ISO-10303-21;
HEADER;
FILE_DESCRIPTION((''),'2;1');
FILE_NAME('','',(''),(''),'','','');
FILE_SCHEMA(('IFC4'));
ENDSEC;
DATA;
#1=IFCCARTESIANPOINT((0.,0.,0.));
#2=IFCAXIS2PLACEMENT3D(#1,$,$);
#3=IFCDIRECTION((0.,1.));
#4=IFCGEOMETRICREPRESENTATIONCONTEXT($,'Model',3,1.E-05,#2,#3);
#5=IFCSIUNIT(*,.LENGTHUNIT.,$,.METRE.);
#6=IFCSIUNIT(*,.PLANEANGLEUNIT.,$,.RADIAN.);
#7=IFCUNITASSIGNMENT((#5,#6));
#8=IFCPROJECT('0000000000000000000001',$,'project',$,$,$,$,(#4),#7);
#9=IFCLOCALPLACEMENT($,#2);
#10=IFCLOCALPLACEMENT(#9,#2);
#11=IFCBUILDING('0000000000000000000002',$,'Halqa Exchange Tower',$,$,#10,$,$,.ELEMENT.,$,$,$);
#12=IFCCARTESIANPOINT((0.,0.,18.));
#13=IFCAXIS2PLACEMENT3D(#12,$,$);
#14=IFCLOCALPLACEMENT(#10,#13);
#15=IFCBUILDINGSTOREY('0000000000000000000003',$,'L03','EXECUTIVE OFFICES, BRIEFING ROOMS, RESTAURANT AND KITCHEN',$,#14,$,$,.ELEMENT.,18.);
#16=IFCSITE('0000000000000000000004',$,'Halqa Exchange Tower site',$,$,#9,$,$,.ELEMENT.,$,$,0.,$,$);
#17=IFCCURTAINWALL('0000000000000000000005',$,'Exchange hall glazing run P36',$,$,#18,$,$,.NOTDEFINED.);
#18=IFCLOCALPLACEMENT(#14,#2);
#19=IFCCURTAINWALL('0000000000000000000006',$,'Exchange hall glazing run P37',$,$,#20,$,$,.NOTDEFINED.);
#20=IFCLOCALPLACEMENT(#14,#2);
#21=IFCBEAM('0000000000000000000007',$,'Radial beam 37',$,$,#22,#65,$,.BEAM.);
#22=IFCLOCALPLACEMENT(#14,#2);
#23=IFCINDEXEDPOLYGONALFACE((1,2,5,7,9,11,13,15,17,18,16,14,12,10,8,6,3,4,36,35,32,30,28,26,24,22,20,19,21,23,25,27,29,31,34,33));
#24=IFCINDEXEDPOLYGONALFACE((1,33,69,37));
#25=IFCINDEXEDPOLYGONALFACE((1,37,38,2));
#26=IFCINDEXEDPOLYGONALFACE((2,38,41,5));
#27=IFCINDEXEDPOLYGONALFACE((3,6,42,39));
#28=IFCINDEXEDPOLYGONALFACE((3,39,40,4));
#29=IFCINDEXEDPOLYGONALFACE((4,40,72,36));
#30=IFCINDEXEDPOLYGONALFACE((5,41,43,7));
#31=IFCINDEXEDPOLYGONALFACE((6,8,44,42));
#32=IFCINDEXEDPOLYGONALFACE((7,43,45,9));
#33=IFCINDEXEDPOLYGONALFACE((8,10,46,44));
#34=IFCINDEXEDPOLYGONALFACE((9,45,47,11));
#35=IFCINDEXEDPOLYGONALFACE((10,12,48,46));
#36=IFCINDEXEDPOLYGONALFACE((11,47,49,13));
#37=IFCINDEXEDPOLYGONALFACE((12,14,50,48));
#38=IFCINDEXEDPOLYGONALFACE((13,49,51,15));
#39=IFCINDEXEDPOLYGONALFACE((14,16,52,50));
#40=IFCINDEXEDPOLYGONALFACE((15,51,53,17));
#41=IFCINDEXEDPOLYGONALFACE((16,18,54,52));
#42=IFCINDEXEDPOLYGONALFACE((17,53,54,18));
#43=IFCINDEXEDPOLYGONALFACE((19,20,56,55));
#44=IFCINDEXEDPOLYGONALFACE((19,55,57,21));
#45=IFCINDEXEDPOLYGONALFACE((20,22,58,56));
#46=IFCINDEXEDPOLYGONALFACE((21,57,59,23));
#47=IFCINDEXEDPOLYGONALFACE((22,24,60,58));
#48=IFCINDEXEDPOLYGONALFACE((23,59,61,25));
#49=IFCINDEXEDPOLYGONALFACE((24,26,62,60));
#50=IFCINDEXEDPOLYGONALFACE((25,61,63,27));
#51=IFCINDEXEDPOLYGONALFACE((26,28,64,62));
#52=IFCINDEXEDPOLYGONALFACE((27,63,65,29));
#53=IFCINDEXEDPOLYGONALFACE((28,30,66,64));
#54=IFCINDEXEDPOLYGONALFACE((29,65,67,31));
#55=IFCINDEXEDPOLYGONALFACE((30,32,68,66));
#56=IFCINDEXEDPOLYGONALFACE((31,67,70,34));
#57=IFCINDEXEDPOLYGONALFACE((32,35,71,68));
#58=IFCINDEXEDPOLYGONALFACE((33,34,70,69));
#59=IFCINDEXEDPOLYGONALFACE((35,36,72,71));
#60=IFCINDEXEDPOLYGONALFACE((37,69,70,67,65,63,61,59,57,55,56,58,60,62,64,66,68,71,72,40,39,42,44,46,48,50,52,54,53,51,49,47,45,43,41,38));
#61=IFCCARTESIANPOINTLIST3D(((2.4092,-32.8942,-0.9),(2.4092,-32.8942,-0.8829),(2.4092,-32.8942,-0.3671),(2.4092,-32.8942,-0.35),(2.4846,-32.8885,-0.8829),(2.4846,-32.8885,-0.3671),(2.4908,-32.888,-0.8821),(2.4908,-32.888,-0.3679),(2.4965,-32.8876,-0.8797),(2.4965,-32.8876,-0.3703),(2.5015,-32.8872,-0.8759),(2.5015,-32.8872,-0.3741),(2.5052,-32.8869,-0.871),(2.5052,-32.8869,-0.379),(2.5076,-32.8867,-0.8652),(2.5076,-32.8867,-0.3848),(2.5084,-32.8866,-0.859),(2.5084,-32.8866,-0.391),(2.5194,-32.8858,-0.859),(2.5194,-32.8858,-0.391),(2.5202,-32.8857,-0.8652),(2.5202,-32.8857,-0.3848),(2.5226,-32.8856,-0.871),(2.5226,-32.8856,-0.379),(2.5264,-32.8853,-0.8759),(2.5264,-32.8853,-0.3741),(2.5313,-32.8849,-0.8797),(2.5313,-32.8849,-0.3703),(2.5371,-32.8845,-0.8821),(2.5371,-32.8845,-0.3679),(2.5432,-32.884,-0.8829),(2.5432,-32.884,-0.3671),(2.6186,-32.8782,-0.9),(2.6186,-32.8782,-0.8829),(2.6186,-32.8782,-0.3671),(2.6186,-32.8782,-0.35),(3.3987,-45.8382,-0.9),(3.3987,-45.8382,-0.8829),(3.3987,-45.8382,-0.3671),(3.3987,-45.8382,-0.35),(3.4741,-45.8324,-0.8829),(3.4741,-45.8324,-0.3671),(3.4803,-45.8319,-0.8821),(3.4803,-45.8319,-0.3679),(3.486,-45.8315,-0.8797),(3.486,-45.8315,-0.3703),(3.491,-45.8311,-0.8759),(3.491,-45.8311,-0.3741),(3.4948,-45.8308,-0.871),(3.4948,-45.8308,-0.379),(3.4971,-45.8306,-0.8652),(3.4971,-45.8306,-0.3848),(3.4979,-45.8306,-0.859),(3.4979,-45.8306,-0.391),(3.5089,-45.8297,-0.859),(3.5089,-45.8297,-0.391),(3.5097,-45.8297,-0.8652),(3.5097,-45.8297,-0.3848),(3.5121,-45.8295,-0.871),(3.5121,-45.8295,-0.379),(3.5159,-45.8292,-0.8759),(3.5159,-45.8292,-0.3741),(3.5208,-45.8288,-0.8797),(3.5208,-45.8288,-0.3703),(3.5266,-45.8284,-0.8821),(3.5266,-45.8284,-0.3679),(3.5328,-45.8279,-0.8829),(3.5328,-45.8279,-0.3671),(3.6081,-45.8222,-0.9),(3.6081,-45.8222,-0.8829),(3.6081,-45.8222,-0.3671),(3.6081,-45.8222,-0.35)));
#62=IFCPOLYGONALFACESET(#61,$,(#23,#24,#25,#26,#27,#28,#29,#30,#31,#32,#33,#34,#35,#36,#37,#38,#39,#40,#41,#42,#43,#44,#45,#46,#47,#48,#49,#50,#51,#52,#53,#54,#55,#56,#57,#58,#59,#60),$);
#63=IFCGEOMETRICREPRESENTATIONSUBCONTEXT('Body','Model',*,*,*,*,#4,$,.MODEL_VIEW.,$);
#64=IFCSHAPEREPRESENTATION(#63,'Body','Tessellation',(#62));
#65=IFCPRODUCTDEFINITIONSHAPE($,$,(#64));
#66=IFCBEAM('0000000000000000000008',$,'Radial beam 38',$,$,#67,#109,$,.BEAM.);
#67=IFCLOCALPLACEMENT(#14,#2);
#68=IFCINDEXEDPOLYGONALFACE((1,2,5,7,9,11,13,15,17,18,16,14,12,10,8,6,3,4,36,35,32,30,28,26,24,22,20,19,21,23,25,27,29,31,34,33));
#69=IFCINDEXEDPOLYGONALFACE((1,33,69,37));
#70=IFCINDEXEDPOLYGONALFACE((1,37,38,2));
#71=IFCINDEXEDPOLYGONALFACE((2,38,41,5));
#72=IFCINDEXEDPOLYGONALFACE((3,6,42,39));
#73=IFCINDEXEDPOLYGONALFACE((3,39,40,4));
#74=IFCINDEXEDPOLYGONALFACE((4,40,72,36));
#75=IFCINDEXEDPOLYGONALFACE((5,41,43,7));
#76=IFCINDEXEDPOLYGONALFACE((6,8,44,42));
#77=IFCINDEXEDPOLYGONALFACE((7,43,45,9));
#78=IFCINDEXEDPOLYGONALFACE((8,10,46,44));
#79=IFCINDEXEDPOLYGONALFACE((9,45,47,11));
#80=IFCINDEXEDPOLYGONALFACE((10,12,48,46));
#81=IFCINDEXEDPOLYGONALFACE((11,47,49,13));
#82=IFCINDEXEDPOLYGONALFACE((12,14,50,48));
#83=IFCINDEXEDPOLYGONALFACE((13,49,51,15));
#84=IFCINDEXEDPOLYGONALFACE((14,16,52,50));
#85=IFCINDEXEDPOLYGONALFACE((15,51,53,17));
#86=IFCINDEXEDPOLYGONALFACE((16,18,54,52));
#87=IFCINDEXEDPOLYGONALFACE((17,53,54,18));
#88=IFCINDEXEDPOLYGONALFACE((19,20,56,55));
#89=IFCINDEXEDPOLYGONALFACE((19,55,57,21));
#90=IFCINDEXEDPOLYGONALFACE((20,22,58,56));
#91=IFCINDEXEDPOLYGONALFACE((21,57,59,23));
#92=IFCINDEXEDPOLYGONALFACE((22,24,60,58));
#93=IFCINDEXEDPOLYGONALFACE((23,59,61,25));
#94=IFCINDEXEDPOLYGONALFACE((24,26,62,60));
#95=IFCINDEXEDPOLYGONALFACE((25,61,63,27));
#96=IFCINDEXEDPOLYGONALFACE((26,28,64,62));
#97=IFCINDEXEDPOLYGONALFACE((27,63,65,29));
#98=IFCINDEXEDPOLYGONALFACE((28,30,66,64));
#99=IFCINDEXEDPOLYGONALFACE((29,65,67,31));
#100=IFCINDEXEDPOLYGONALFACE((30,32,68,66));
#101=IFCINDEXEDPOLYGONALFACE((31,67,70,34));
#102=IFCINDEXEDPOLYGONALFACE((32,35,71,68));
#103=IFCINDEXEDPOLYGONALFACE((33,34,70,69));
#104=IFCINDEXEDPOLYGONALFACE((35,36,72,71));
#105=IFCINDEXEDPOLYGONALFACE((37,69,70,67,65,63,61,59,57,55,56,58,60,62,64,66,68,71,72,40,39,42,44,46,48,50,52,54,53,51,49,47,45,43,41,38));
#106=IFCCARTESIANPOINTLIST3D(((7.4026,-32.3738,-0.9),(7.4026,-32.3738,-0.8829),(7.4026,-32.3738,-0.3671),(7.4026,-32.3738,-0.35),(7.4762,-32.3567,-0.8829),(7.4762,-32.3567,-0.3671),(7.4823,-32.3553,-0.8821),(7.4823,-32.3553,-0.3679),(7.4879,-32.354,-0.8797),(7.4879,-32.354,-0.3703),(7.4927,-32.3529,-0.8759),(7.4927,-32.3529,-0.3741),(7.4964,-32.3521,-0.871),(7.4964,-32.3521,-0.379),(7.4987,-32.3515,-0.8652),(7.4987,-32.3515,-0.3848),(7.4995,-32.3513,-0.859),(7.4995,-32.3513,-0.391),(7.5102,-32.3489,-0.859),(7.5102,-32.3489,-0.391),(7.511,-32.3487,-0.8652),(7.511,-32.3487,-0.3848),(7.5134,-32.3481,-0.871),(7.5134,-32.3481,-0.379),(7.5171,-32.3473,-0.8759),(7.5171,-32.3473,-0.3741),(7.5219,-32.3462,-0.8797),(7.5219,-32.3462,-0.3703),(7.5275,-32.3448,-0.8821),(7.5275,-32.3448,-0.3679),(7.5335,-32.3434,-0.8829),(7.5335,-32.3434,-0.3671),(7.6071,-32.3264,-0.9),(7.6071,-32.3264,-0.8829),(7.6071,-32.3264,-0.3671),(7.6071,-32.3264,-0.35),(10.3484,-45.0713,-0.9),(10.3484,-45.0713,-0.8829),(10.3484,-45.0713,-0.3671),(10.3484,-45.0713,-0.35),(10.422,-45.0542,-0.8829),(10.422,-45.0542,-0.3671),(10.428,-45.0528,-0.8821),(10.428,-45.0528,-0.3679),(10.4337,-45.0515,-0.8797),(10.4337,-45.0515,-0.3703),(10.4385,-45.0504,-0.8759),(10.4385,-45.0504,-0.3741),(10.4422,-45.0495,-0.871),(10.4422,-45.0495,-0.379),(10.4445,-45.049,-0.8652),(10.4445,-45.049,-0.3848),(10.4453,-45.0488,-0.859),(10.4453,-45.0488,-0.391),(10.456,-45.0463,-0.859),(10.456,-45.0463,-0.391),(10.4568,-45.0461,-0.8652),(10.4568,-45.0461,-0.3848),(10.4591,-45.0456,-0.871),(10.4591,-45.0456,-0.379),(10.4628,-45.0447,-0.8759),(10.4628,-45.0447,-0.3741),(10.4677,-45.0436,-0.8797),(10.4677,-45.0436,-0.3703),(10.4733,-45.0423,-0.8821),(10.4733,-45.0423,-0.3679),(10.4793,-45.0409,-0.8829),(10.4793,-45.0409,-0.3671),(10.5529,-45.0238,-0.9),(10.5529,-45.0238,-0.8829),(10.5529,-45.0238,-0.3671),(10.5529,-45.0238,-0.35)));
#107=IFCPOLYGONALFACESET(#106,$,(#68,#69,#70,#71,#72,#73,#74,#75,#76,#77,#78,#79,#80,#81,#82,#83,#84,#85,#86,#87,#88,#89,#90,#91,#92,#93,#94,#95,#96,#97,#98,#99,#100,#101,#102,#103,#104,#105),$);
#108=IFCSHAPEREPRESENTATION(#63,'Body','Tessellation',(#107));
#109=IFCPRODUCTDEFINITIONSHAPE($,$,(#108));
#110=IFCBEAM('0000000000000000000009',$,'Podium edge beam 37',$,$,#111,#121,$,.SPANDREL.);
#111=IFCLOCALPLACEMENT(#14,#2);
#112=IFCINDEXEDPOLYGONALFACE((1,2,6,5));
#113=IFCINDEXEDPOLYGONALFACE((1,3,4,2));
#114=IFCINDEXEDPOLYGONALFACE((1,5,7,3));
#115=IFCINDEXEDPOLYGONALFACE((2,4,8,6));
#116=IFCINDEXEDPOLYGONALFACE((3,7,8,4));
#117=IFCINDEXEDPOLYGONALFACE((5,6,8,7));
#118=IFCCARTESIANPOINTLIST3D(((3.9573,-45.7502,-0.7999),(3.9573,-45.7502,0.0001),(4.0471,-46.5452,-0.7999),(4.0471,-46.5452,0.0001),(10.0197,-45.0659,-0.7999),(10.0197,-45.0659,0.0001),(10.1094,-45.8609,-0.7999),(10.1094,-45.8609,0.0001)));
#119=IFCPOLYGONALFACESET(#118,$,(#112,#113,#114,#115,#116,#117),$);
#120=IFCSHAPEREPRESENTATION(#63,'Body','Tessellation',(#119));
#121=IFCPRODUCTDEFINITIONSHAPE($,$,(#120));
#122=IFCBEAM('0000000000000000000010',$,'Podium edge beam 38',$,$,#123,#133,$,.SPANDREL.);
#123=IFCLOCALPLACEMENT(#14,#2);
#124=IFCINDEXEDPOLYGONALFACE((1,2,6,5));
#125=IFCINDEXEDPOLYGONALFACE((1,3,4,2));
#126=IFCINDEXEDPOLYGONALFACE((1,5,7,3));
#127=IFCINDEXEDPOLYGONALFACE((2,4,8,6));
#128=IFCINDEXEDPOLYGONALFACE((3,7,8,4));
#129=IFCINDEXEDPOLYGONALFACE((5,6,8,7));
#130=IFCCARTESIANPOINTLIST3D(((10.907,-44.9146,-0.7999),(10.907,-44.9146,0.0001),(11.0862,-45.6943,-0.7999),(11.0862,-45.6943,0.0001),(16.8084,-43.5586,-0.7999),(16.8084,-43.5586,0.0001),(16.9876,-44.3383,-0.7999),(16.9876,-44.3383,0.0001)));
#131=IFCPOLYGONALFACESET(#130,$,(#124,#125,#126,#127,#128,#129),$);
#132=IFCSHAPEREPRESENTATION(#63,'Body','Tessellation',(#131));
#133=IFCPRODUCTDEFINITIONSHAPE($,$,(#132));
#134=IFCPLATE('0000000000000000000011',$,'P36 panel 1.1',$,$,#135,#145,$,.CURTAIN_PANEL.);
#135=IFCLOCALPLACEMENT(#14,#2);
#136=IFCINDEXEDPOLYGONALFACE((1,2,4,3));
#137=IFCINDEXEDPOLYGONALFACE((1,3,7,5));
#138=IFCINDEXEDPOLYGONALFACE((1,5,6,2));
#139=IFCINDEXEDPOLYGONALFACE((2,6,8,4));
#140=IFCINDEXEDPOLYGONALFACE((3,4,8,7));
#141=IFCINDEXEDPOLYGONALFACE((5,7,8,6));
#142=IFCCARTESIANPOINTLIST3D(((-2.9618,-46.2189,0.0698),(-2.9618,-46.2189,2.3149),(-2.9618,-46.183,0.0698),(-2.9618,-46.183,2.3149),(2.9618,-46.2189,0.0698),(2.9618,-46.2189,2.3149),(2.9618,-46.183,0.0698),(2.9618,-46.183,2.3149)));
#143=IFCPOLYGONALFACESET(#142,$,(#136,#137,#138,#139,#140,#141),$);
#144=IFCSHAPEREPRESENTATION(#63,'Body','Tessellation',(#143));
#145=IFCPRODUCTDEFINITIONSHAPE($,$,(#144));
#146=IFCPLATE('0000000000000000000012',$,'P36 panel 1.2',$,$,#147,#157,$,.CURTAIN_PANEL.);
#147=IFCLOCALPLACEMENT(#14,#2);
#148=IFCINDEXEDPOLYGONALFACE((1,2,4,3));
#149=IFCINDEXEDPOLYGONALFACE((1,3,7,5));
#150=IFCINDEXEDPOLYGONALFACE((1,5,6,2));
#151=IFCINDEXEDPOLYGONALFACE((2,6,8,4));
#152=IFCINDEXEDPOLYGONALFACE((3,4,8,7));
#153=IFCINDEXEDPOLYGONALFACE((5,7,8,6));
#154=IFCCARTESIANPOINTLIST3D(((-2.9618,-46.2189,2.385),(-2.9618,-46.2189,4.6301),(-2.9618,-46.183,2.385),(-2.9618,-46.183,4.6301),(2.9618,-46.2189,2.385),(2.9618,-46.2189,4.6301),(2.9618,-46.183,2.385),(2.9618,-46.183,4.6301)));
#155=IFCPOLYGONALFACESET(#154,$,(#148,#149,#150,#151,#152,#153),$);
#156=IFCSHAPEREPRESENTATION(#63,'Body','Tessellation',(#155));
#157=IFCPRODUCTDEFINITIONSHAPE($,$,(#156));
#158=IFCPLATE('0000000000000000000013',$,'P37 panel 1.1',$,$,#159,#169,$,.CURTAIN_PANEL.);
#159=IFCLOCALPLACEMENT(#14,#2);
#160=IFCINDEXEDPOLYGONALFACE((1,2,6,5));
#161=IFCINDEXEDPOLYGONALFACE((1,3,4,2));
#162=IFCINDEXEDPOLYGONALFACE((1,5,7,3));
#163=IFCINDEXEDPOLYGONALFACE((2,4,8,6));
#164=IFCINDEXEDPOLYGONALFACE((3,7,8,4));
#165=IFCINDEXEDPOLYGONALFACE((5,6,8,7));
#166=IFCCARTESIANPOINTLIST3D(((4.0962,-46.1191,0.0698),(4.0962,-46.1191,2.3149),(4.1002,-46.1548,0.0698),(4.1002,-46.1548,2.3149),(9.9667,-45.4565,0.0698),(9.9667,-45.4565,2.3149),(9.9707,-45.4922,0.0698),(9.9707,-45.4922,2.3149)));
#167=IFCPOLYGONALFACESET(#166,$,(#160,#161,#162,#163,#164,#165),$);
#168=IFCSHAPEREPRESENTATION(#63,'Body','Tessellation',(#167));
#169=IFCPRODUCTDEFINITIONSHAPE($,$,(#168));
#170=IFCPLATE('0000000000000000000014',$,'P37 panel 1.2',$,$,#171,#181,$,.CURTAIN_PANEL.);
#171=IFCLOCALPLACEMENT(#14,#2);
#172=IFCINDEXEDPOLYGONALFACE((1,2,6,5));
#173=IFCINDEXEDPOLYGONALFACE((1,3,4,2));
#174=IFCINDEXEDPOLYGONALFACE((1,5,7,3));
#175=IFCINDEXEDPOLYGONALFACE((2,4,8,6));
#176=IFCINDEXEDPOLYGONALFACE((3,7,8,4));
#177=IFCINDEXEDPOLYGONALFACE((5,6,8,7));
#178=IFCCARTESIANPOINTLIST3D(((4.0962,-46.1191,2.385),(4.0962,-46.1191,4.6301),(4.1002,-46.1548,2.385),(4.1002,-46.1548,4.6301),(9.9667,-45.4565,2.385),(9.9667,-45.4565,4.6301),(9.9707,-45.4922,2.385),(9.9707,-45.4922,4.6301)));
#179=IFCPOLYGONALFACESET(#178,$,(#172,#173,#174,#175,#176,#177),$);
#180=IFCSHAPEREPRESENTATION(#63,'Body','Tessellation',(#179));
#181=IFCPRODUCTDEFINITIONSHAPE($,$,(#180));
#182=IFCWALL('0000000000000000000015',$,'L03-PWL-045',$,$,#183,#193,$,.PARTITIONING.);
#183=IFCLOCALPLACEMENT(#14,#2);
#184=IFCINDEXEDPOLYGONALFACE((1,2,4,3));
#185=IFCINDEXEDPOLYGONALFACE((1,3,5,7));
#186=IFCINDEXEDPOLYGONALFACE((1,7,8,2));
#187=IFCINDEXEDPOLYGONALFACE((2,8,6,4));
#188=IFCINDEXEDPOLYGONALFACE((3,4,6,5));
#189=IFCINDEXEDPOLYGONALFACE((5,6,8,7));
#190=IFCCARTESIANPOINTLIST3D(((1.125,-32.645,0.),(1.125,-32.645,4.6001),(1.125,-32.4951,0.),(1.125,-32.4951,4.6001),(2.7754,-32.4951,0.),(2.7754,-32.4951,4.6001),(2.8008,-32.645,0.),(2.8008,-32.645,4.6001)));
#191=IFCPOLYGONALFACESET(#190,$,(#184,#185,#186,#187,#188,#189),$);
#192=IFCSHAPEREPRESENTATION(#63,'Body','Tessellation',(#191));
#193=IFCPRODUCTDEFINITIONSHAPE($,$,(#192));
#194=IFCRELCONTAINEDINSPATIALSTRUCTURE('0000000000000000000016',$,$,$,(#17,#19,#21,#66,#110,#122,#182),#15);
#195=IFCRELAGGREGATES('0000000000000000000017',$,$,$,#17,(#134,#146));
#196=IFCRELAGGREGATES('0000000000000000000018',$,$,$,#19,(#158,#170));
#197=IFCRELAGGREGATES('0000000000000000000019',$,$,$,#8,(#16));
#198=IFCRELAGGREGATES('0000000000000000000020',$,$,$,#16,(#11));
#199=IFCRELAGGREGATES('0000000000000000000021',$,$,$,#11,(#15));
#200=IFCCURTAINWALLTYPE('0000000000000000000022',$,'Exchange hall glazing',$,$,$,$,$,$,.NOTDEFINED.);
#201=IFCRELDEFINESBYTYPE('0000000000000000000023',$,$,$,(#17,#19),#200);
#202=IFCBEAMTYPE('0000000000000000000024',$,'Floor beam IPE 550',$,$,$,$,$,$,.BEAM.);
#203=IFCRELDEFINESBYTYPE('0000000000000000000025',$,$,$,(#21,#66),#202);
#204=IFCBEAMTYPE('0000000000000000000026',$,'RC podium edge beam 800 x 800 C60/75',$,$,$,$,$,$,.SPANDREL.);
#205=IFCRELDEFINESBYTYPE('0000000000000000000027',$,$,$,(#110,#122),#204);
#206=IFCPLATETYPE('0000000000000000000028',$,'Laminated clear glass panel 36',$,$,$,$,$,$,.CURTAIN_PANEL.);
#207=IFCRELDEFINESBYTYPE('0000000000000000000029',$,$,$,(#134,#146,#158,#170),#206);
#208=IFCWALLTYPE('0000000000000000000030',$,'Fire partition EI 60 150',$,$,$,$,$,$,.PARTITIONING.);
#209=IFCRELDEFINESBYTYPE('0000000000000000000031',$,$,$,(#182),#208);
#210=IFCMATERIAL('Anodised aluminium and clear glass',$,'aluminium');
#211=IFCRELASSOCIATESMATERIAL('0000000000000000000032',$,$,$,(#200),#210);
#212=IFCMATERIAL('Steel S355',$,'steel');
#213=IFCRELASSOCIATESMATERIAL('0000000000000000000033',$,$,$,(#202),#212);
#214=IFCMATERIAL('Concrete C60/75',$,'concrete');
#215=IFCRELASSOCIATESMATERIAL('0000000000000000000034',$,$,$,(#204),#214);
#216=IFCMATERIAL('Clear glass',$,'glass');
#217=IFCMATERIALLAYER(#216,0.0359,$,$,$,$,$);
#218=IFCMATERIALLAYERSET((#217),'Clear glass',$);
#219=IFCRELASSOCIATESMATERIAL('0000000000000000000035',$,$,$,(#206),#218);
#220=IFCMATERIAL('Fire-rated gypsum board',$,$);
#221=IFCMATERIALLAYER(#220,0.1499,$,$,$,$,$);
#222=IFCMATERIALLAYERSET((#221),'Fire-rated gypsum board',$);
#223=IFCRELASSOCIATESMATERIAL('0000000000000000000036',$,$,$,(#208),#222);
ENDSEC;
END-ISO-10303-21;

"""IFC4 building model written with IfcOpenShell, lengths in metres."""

from ifc_helpers import new_model, si_unit, direction, frame, origin, origin_2d, place, context, subcontext, project, spatial, polyline, rectangle, i_section, outline, extrude, material, layer, layer_set, material_profile, profile_set, type_object, element, aggregate, save


model = new_model("IFC4")

# Units and contexts
model_context = context("Model", 3, precision=1e-05, world=origin(), true_north=direction((0.0, 1.0)))
body_context = subcontext(model_context, "Body", "Model", "MODEL_VIEW")
ifc_project = project(units=[si_unit("LENGTHUNIT", "METRE"), si_unit("PLANEANGLEUNIT", "RADIAN")], contexts=[model_context])

# Site, building, storey
site_placement = place(None, origin())
site = spatial("IfcSite", under=ifc_project, at=site_placement, Name="Halqa Exchange Tower site", CompositionType="ELEMENT", RefElevation=0.0)
building_placement = place(site_placement, origin())
building = spatial("IfcBuilding", under=site, at=building_placement, Name="Halqa Exchange Tower", CompositionType="ELEMENT")
storey_placement = place(building_placement, frame((0.0, 0.0, 18.0)))
storey = spatial("IfcBuildingStorey", under=building, at=storey_placement, Name="L03", Description="EXECUTIVE OFFICES, BRIEFING ROOMS, RESTAURANT AND KITCHEN", CompositionType="ELEMENT", Elevation=18.0)

# Shared definitions
ifc_material_1 = material(Name="Concrete C60/75", Category="concrete")

# Curtain wall
ifc_material_2 = material(Name="Anodised aluminium and clear glass", Category="aluminium")
curtain_wall_type = type_object("IfcCurtainWallType", Name="Exchange hall glazing", PredefinedType="NOTDEFINED", material=ifc_material_2)
curtain_wall_1_placement = place(storey_placement, origin())
curtain_wall_1 = element("IfcCurtainWall", 1, at=curtain_wall_1_placement, inside=storey, type_object=curtain_wall_type, Name="Exchange hall glazing run P36", PredefinedType="NOTDEFINED")

# Curtain wall
curtain_wall_2_placement = place(storey_placement, origin())
curtain_wall_2 = element("IfcCurtainWall", 2, at=curtain_wall_2_placement, inside=storey, type_object=curtain_wall_type, Name="Exchange hall glazing run P37", PredefinedType="NOTDEFINED")

# Beams
ifc_material_3 = material(Name="Steel S355", Category="steel")
ifc_material_profile_1 = material_profile(ifc_material_3, i_section(OverallWidth=0.21, OverallDepth=0.55, WebThickness=0.011, FlangeThickness=0.0171, FilletRadius=0.0239, at=origin_2d()), Name="IPE 550")
ifc_profile_set_1 = profile_set([ifc_material_profile_1], Name="Steel S355")
beam_type_1 = type_object("IfcBeamType", Name="Floor beam IPE 550", PredefinedType="BEAM", material=ifc_profile_set_1)
beam_1_placement = place(storey_placement, frame((2.5139, -32.8862, -0.625), z_axis=(0.076223, -0.997091, 0.0), x_axis=(0.997091, 0.076223, 0.0)))
element("IfcBeam", 3, at=beam_1_placement, inside=storey, type_object=beam_type_1, Name="Radial beam 37", PredefinedType="BEAM", context=body_context, shape_type="SweptSolid", body=[
    extrude(i_section(OverallWidth=0.21, OverallDepth=0.55, WebThickness=0.011, FlangeThickness=0.0171, FilletRadius=0.0239, at=origin_2d()), origin(), (0.0, 0.0, 1.0), 12.9817),
])
beam_2_placement = place(storey_placement, frame((7.5049, -32.3501, -0.625), z_axis=(0.225996, -0.974128, 0.0), x_axis=(0.974128, 0.225996, 0.0)))
element("IfcBeam", 4, at=beam_2_placement, inside=storey, type_object=beam_type_1, Name="Radial beam 38", PredefinedType="BEAM", context=body_context, shape_type="SweptSolid", body=[
    extrude(i_section(OverallWidth=0.21, OverallDepth=0.55, WebThickness=0.011, FlangeThickness=0.0171, FilletRadius=0.0239, at=origin_2d()), origin(), (0.0, 0.0, 1.0), 13.0347),
])
ifc_material_profile_2 = material_profile(ifc_material_1, rectangle(XDim=0.8, YDim=0.8, at=origin_2d()), Name="800 x 800")
ifc_profile_set_2 = profile_set([ifc_material_profile_2], Name="Concrete C60/75")
beam_type_2 = type_object("IfcBeamType", Name="RC podium edge beam 800 x 800 C60/75", PredefinedType="SPANDREL", material=ifc_profile_set_2)
beam_3_placement = place(storey_placement, frame((4.0022, -46.1477, -0.3999), z_axis=(0.993689, 0.112171, 0.0), x_axis=(-0.112171, 0.993689, 0.0)))
element("IfcBeam", 5, at=beam_3_placement, inside=storey, type_object=beam_type_2, Name="Podium edge beam 37", PredefinedType="SPANDREL", context=body_context, shape_type="SweptSolid", body=[
    extrude(rectangle(XDim=0.8, YDim=0.8, at=origin_2d()), origin(), (0.0, 0.0, 1.0), 6.1008),
])
beam_4_placement = place(storey_placement, frame((10.9966, -45.3044, -0.3999), z_axis=(0.974604, 0.223935, 0.0), x_axis=(-0.223935, 0.974604, 0.0)))
element("IfcBeam", 6, at=beam_4_placement, inside=storey, type_object=beam_type_2, Name="Podium edge beam 38", PredefinedType="SPANDREL", context=body_context, shape_type="SweptSolid", body=[
    extrude(rectangle(XDim=0.8, YDim=0.8, at=origin_2d()), origin(), (0.0, 0.0, 1.0), 6.0552),
])

# Plates
ifc_material_4 = material(Name="Clear glass", Category="glass")
ifc_layer_1 = layer(ifc_material_4, 0.0359)
ifc_layer_set_1 = layer_set([ifc_layer_1], Name="Clear glass")
plate_type = type_object("IfcPlateType", Name="Laminated clear glass panel 36", PredefinedType="CURTAIN_PANEL", material=ifc_layer_set_1)
plate_1_placement = place(storey_placement, frame((0.0, -46.2009, 0.0698), z_axis=(0.0, 0.0, 1.0), x_axis=(1.0, 0.0, 0.0)))
plate_1 = element("IfcPlate", 7, at=plate_1_placement, type_object=plate_type, Name="P36 panel 1.1", PredefinedType="CURTAIN_PANEL", context=body_context, shape_type="SweptSolid", body=[
    extrude(rectangle(XDim=5.9236, YDim=0.0359, at=origin_2d()), origin(), (0.0, 0.0, 1.0), 2.2451),
])
plate_2_placement = place(storey_placement, frame((0.0, -46.2009, 2.385), z_axis=(0.0, 0.0, 1.0), x_axis=(1.0, 0.0, 0.0)))
plate_2 = element("IfcPlate", 8, at=plate_2_placement, type_object=plate_type, Name="P36 panel 1.2", PredefinedType="CURTAIN_PANEL", context=body_context, shape_type="SweptSolid", body=[
    extrude(rectangle(XDim=5.9236, YDim=0.0359, at=origin_2d()), origin(), (0.0, 0.0, 1.0), 2.2451),
])
aggregate(curtain_wall_1, [plate_1, plate_2])
plate_3_placement = place(storey_placement, frame((7.0334, -45.8057, 0.0698), z_axis=(0.0, 0.0, 1.0), x_axis=(0.99369, 0.112159, 0.0)))
plate_3 = element("IfcPlate", 9, at=plate_3_placement, type_object=plate_type, Name="P37 panel 1.1", PredefinedType="CURTAIN_PANEL", context=body_context, shape_type="SweptSolid", body=[
    extrude(rectangle(XDim=5.9077, YDim=0.0359, at=origin_2d()), origin(), (0.0, 0.0, 1.0), 2.2451),
])
plate_4_placement = place(storey_placement, frame((7.0334, -45.8057, 2.385), z_axis=(0.0, 0.0, 1.0), x_axis=(0.99369, 0.112159, 0.0)))
plate_4 = element("IfcPlate", 10, at=plate_4_placement, type_object=plate_type, Name="P37 panel 1.2", PredefinedType="CURTAIN_PANEL", context=body_context, shape_type="SweptSolid", body=[
    extrude(rectangle(XDim=5.9077, YDim=0.0359, at=origin_2d()), origin(), (0.0, 0.0, 1.0), 2.2451),
])
aggregate(curtain_wall_2, [plate_3, plate_4])

# Wall
ifc_material_5 = material(Name="Fire-rated gypsum board")
ifc_layer_2 = layer(ifc_material_5, 0.1499)
ifc_layer_set_2 = layer_set([ifc_layer_2], Name="Fire-rated gypsum board")
wall_type_1 = type_object("IfcWallType", Name="Fire partition EI 60 150", PredefinedType="PARTITIONING", material=ifc_layer_set_2)
wall_1_placement = place(storey_placement, frame((1.125, -32.5701, 0.0), z_axis=(0.0, 0.0, 1.0), x_axis=(1.0, 0.0, 0.0)))
element("IfcWall", 11, at=wall_1_placement, inside=storey, type_object=wall_type_1, Name="L03-PWL-045", PredefinedType="PARTITIONING", context=body_context, shape_type="SweptSolid", body=[
    extrude(outline(polyline([(0.0, -0.075), (1.6758, -0.075), (1.6504, 0.075), (0.0, 0.075), (0.0, -0.075)])), origin(), (0.0, 0.0, 1.0), 4.6001),
])

save(model, "model.ifc")
